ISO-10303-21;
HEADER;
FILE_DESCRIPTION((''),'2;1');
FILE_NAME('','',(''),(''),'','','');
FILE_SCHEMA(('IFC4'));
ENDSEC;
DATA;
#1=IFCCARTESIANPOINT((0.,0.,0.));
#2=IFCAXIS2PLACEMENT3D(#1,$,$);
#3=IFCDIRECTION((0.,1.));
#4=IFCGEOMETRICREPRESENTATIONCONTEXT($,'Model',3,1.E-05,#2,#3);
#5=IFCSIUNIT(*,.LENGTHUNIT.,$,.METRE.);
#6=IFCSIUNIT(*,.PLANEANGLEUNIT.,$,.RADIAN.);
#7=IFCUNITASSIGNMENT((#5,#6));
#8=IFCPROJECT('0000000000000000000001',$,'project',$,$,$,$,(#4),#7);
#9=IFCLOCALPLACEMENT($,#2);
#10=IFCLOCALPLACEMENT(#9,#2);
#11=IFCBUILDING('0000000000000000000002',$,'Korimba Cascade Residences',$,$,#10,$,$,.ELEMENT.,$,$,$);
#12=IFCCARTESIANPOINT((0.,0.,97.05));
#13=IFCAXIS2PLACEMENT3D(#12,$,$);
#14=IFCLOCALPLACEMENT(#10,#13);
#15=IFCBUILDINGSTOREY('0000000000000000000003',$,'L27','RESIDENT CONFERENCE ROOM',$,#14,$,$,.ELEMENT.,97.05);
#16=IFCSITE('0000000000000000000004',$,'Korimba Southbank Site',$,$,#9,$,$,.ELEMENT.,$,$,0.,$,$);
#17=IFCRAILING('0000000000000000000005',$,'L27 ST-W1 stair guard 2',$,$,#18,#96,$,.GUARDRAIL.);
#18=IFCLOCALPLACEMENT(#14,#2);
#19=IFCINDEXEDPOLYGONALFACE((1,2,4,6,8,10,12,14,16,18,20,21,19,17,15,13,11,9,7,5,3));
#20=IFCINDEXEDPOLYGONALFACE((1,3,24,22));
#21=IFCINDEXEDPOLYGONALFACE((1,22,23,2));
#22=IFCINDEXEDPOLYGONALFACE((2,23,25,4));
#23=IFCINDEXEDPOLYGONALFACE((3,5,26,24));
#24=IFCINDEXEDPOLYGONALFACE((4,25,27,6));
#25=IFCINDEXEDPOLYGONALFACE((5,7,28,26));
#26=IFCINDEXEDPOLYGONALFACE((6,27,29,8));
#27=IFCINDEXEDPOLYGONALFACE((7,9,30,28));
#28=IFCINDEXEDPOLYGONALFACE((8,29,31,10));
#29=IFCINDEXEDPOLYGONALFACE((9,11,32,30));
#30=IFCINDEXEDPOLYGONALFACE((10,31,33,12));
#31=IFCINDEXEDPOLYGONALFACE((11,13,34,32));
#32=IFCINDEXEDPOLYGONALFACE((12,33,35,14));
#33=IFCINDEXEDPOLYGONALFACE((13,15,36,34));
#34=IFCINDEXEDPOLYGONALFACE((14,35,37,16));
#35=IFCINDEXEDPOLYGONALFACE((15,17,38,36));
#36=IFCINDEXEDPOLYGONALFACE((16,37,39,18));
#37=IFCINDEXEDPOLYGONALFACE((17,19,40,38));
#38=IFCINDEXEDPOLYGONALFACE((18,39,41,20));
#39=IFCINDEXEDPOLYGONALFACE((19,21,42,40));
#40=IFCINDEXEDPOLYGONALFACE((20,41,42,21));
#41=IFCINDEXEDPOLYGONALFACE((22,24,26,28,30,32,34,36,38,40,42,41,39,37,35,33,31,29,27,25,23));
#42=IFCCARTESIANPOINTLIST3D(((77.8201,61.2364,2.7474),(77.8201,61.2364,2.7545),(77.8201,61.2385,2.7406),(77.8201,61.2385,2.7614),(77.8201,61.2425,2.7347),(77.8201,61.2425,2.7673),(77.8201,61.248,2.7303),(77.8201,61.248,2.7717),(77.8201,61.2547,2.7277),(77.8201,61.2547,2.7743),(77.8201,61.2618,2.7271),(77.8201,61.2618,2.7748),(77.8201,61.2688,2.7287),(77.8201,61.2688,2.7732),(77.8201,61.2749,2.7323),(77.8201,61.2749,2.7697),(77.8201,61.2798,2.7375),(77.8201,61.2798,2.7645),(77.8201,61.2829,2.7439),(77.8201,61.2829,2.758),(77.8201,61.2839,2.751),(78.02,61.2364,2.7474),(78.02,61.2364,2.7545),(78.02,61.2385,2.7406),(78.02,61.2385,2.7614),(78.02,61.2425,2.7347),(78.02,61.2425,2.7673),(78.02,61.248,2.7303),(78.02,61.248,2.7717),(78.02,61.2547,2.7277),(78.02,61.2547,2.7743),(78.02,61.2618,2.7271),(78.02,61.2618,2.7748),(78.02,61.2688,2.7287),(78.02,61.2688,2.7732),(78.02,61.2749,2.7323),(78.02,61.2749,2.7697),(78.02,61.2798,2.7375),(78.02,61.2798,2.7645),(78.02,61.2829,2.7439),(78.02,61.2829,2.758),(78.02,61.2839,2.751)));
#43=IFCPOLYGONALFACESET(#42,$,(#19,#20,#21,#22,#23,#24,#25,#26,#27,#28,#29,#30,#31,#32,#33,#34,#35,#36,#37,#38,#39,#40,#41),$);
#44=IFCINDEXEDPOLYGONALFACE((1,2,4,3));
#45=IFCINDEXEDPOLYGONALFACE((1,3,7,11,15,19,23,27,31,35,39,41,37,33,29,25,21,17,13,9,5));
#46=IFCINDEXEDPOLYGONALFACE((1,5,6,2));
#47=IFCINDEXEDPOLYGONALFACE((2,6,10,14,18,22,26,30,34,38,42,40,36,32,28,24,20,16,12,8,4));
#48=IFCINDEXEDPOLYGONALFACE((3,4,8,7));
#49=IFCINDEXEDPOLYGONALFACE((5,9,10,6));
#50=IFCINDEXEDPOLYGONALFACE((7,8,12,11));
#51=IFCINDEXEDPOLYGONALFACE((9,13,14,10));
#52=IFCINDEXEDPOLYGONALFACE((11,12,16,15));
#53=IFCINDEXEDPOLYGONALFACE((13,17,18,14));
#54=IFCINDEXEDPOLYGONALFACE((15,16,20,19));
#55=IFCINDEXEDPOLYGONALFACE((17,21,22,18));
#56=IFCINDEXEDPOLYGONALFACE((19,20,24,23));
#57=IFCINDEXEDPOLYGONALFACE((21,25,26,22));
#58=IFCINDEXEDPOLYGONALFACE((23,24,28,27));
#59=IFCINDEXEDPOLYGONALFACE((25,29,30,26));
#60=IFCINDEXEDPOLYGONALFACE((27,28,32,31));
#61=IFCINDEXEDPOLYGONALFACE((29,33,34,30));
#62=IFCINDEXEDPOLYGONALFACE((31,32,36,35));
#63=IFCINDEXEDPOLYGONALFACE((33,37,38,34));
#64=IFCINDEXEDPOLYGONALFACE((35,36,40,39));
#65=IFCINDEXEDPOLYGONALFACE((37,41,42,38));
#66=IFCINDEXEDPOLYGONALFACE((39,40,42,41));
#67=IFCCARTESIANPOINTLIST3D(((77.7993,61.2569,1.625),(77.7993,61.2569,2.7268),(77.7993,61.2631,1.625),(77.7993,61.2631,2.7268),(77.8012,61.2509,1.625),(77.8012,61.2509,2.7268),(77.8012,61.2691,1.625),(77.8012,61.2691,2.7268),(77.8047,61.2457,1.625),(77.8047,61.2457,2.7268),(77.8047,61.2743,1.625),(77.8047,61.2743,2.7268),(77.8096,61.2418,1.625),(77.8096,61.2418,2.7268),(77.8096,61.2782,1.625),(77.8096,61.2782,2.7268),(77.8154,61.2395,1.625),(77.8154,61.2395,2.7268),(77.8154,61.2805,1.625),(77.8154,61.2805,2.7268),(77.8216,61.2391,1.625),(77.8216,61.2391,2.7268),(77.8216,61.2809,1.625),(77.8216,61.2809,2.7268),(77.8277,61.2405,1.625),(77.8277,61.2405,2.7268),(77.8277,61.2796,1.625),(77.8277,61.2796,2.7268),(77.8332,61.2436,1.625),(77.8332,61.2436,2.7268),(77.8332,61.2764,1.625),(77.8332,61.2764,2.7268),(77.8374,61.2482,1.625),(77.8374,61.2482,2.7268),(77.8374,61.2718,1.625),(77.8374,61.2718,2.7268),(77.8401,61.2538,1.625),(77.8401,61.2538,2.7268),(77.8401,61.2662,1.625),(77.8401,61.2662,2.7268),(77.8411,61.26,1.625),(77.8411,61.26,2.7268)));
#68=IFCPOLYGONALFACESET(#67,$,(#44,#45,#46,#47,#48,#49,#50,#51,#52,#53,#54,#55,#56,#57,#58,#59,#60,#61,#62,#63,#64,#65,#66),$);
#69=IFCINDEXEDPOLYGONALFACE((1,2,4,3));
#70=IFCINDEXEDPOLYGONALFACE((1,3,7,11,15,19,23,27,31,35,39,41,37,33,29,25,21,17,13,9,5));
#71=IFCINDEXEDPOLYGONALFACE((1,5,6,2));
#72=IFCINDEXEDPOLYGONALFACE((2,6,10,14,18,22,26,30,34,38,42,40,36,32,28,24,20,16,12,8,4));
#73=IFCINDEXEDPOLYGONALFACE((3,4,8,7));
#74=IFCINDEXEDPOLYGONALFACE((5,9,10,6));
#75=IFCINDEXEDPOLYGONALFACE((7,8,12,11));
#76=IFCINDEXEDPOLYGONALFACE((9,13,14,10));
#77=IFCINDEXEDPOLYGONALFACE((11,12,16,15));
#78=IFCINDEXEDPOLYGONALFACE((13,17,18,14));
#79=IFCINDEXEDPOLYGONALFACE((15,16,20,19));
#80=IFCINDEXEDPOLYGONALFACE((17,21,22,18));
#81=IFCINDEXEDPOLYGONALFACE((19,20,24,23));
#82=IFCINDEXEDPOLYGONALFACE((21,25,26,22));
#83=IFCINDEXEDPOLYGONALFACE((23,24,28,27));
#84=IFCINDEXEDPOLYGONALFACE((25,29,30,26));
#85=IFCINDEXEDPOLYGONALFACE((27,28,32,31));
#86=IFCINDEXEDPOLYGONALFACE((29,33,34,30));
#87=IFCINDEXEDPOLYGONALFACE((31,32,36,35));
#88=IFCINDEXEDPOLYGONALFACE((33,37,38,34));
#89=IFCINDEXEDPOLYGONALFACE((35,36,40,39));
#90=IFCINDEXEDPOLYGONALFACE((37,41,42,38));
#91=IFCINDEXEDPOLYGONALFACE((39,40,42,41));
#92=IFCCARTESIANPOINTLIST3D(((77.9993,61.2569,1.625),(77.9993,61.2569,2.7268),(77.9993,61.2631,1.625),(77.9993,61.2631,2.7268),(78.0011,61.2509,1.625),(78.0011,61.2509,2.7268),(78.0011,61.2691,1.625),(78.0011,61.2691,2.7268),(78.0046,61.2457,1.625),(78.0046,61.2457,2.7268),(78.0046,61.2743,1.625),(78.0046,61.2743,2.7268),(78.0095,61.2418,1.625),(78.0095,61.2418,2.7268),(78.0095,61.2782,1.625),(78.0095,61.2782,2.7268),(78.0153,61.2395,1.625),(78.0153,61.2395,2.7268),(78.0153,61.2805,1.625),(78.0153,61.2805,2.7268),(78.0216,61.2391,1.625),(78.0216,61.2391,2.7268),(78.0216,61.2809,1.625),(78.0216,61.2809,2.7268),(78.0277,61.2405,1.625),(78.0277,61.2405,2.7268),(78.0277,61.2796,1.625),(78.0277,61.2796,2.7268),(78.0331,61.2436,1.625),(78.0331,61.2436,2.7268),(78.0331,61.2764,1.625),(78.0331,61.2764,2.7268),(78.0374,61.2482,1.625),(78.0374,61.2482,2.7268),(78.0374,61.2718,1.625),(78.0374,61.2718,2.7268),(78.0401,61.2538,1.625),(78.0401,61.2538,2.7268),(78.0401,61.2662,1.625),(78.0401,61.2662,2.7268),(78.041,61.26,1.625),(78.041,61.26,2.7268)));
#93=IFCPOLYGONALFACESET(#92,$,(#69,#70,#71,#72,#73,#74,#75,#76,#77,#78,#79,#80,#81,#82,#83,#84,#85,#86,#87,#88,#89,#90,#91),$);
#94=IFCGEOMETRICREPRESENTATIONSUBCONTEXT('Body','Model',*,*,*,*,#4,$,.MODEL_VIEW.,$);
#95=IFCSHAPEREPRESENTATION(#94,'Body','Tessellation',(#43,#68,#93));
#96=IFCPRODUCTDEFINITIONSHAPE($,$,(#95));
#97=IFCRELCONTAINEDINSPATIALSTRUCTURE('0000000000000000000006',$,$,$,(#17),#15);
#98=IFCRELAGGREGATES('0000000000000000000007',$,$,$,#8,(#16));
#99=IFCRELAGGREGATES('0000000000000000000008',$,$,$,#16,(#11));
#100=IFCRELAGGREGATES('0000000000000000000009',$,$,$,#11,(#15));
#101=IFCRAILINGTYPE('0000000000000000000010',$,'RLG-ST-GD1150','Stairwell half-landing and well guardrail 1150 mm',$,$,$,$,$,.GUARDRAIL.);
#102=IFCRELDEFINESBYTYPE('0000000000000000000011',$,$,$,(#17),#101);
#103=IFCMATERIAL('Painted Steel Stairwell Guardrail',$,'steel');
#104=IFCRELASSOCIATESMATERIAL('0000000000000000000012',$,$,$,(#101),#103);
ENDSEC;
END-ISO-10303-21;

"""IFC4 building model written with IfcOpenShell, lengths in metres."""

from ifc_helpers import new_model, si_unit, direction, frame, origin, origin_2d, place, context, subcontext, project, spatial, circle, extrude, material, type_object, element, save


model = new_model("IFC4")

# Units and contexts
model_context = context("Model", 3, precision=1e-05, world=origin(), true_north=direction((0.0, 1.0)))
body_context = subcontext(model_context, "Body", "Model", "MODEL_VIEW")
ifc_project = project(units=[si_unit("LENGTHUNIT", "METRE"), si_unit("PLANEANGLEUNIT", "RADIAN")], contexts=[model_context])

# Site, building, storey
site_placement = place(None, origin())
site = spatial("IfcSite", under=ifc_project, at=site_placement, Name="Korimba Southbank Site", CompositionType="ELEMENT", RefElevation=0.0)
building_placement = place(site_placement, origin())
building = spatial("IfcBuilding", under=site, at=building_placement, Name="Korimba Cascade Residences", CompositionType="ELEMENT")
storey_placement = place(building_placement, frame((0.0, 0.0, 97.05)))
storey = spatial("IfcBuildingStorey", under=building, at=storey_placement, Name="L27", Description="RESIDENT CONFERENCE ROOM", CompositionType="ELEMENT", Elevation=97.05)

# Railing
ifc_material_1 = material(Name="Painted Steel Stairwell Guardrail", Category="steel")
railing_type_1 = type_object("IfcRailingType", Name="RLG-ST-GD1150", Description="Stairwell half-landing and well guardrail 1150 mm", PredefinedType="GUARDRAIL", material=ifc_material_1)
railing_1_placement = place(storey_placement, frame((77.8201, 61.26, 1.625)))
element("IfcRailing", 1, at=railing_1_placement, inside=storey, type_object=railing_type_1, Name="L27 ST-W1 stair guard 2", PredefinedType="GUARDRAIL", context=body_context, shape_type="SweptSolid", body=[
    extrude(circle(Radius=0.0239, at=origin_2d()), frame((0.0, 0.0, 1.126), z_axis=(1.0, 0.0, 0.0), x_axis=(0.0, 1.0, 0.0)), (0.0, 0.0, 1.0), 0.2),
    extrude(circle(Radius=0.021, at=origin_2d()), origin(), (0.0, 0.0, 1.0), 1.1018),
    extrude(circle(Radius=0.021, at=origin_2d()), frame((0.2, 0.0, 0.0)), (0.0, 0.0, 1.0), 1.1018),
])

save(model, "model.ifc")
